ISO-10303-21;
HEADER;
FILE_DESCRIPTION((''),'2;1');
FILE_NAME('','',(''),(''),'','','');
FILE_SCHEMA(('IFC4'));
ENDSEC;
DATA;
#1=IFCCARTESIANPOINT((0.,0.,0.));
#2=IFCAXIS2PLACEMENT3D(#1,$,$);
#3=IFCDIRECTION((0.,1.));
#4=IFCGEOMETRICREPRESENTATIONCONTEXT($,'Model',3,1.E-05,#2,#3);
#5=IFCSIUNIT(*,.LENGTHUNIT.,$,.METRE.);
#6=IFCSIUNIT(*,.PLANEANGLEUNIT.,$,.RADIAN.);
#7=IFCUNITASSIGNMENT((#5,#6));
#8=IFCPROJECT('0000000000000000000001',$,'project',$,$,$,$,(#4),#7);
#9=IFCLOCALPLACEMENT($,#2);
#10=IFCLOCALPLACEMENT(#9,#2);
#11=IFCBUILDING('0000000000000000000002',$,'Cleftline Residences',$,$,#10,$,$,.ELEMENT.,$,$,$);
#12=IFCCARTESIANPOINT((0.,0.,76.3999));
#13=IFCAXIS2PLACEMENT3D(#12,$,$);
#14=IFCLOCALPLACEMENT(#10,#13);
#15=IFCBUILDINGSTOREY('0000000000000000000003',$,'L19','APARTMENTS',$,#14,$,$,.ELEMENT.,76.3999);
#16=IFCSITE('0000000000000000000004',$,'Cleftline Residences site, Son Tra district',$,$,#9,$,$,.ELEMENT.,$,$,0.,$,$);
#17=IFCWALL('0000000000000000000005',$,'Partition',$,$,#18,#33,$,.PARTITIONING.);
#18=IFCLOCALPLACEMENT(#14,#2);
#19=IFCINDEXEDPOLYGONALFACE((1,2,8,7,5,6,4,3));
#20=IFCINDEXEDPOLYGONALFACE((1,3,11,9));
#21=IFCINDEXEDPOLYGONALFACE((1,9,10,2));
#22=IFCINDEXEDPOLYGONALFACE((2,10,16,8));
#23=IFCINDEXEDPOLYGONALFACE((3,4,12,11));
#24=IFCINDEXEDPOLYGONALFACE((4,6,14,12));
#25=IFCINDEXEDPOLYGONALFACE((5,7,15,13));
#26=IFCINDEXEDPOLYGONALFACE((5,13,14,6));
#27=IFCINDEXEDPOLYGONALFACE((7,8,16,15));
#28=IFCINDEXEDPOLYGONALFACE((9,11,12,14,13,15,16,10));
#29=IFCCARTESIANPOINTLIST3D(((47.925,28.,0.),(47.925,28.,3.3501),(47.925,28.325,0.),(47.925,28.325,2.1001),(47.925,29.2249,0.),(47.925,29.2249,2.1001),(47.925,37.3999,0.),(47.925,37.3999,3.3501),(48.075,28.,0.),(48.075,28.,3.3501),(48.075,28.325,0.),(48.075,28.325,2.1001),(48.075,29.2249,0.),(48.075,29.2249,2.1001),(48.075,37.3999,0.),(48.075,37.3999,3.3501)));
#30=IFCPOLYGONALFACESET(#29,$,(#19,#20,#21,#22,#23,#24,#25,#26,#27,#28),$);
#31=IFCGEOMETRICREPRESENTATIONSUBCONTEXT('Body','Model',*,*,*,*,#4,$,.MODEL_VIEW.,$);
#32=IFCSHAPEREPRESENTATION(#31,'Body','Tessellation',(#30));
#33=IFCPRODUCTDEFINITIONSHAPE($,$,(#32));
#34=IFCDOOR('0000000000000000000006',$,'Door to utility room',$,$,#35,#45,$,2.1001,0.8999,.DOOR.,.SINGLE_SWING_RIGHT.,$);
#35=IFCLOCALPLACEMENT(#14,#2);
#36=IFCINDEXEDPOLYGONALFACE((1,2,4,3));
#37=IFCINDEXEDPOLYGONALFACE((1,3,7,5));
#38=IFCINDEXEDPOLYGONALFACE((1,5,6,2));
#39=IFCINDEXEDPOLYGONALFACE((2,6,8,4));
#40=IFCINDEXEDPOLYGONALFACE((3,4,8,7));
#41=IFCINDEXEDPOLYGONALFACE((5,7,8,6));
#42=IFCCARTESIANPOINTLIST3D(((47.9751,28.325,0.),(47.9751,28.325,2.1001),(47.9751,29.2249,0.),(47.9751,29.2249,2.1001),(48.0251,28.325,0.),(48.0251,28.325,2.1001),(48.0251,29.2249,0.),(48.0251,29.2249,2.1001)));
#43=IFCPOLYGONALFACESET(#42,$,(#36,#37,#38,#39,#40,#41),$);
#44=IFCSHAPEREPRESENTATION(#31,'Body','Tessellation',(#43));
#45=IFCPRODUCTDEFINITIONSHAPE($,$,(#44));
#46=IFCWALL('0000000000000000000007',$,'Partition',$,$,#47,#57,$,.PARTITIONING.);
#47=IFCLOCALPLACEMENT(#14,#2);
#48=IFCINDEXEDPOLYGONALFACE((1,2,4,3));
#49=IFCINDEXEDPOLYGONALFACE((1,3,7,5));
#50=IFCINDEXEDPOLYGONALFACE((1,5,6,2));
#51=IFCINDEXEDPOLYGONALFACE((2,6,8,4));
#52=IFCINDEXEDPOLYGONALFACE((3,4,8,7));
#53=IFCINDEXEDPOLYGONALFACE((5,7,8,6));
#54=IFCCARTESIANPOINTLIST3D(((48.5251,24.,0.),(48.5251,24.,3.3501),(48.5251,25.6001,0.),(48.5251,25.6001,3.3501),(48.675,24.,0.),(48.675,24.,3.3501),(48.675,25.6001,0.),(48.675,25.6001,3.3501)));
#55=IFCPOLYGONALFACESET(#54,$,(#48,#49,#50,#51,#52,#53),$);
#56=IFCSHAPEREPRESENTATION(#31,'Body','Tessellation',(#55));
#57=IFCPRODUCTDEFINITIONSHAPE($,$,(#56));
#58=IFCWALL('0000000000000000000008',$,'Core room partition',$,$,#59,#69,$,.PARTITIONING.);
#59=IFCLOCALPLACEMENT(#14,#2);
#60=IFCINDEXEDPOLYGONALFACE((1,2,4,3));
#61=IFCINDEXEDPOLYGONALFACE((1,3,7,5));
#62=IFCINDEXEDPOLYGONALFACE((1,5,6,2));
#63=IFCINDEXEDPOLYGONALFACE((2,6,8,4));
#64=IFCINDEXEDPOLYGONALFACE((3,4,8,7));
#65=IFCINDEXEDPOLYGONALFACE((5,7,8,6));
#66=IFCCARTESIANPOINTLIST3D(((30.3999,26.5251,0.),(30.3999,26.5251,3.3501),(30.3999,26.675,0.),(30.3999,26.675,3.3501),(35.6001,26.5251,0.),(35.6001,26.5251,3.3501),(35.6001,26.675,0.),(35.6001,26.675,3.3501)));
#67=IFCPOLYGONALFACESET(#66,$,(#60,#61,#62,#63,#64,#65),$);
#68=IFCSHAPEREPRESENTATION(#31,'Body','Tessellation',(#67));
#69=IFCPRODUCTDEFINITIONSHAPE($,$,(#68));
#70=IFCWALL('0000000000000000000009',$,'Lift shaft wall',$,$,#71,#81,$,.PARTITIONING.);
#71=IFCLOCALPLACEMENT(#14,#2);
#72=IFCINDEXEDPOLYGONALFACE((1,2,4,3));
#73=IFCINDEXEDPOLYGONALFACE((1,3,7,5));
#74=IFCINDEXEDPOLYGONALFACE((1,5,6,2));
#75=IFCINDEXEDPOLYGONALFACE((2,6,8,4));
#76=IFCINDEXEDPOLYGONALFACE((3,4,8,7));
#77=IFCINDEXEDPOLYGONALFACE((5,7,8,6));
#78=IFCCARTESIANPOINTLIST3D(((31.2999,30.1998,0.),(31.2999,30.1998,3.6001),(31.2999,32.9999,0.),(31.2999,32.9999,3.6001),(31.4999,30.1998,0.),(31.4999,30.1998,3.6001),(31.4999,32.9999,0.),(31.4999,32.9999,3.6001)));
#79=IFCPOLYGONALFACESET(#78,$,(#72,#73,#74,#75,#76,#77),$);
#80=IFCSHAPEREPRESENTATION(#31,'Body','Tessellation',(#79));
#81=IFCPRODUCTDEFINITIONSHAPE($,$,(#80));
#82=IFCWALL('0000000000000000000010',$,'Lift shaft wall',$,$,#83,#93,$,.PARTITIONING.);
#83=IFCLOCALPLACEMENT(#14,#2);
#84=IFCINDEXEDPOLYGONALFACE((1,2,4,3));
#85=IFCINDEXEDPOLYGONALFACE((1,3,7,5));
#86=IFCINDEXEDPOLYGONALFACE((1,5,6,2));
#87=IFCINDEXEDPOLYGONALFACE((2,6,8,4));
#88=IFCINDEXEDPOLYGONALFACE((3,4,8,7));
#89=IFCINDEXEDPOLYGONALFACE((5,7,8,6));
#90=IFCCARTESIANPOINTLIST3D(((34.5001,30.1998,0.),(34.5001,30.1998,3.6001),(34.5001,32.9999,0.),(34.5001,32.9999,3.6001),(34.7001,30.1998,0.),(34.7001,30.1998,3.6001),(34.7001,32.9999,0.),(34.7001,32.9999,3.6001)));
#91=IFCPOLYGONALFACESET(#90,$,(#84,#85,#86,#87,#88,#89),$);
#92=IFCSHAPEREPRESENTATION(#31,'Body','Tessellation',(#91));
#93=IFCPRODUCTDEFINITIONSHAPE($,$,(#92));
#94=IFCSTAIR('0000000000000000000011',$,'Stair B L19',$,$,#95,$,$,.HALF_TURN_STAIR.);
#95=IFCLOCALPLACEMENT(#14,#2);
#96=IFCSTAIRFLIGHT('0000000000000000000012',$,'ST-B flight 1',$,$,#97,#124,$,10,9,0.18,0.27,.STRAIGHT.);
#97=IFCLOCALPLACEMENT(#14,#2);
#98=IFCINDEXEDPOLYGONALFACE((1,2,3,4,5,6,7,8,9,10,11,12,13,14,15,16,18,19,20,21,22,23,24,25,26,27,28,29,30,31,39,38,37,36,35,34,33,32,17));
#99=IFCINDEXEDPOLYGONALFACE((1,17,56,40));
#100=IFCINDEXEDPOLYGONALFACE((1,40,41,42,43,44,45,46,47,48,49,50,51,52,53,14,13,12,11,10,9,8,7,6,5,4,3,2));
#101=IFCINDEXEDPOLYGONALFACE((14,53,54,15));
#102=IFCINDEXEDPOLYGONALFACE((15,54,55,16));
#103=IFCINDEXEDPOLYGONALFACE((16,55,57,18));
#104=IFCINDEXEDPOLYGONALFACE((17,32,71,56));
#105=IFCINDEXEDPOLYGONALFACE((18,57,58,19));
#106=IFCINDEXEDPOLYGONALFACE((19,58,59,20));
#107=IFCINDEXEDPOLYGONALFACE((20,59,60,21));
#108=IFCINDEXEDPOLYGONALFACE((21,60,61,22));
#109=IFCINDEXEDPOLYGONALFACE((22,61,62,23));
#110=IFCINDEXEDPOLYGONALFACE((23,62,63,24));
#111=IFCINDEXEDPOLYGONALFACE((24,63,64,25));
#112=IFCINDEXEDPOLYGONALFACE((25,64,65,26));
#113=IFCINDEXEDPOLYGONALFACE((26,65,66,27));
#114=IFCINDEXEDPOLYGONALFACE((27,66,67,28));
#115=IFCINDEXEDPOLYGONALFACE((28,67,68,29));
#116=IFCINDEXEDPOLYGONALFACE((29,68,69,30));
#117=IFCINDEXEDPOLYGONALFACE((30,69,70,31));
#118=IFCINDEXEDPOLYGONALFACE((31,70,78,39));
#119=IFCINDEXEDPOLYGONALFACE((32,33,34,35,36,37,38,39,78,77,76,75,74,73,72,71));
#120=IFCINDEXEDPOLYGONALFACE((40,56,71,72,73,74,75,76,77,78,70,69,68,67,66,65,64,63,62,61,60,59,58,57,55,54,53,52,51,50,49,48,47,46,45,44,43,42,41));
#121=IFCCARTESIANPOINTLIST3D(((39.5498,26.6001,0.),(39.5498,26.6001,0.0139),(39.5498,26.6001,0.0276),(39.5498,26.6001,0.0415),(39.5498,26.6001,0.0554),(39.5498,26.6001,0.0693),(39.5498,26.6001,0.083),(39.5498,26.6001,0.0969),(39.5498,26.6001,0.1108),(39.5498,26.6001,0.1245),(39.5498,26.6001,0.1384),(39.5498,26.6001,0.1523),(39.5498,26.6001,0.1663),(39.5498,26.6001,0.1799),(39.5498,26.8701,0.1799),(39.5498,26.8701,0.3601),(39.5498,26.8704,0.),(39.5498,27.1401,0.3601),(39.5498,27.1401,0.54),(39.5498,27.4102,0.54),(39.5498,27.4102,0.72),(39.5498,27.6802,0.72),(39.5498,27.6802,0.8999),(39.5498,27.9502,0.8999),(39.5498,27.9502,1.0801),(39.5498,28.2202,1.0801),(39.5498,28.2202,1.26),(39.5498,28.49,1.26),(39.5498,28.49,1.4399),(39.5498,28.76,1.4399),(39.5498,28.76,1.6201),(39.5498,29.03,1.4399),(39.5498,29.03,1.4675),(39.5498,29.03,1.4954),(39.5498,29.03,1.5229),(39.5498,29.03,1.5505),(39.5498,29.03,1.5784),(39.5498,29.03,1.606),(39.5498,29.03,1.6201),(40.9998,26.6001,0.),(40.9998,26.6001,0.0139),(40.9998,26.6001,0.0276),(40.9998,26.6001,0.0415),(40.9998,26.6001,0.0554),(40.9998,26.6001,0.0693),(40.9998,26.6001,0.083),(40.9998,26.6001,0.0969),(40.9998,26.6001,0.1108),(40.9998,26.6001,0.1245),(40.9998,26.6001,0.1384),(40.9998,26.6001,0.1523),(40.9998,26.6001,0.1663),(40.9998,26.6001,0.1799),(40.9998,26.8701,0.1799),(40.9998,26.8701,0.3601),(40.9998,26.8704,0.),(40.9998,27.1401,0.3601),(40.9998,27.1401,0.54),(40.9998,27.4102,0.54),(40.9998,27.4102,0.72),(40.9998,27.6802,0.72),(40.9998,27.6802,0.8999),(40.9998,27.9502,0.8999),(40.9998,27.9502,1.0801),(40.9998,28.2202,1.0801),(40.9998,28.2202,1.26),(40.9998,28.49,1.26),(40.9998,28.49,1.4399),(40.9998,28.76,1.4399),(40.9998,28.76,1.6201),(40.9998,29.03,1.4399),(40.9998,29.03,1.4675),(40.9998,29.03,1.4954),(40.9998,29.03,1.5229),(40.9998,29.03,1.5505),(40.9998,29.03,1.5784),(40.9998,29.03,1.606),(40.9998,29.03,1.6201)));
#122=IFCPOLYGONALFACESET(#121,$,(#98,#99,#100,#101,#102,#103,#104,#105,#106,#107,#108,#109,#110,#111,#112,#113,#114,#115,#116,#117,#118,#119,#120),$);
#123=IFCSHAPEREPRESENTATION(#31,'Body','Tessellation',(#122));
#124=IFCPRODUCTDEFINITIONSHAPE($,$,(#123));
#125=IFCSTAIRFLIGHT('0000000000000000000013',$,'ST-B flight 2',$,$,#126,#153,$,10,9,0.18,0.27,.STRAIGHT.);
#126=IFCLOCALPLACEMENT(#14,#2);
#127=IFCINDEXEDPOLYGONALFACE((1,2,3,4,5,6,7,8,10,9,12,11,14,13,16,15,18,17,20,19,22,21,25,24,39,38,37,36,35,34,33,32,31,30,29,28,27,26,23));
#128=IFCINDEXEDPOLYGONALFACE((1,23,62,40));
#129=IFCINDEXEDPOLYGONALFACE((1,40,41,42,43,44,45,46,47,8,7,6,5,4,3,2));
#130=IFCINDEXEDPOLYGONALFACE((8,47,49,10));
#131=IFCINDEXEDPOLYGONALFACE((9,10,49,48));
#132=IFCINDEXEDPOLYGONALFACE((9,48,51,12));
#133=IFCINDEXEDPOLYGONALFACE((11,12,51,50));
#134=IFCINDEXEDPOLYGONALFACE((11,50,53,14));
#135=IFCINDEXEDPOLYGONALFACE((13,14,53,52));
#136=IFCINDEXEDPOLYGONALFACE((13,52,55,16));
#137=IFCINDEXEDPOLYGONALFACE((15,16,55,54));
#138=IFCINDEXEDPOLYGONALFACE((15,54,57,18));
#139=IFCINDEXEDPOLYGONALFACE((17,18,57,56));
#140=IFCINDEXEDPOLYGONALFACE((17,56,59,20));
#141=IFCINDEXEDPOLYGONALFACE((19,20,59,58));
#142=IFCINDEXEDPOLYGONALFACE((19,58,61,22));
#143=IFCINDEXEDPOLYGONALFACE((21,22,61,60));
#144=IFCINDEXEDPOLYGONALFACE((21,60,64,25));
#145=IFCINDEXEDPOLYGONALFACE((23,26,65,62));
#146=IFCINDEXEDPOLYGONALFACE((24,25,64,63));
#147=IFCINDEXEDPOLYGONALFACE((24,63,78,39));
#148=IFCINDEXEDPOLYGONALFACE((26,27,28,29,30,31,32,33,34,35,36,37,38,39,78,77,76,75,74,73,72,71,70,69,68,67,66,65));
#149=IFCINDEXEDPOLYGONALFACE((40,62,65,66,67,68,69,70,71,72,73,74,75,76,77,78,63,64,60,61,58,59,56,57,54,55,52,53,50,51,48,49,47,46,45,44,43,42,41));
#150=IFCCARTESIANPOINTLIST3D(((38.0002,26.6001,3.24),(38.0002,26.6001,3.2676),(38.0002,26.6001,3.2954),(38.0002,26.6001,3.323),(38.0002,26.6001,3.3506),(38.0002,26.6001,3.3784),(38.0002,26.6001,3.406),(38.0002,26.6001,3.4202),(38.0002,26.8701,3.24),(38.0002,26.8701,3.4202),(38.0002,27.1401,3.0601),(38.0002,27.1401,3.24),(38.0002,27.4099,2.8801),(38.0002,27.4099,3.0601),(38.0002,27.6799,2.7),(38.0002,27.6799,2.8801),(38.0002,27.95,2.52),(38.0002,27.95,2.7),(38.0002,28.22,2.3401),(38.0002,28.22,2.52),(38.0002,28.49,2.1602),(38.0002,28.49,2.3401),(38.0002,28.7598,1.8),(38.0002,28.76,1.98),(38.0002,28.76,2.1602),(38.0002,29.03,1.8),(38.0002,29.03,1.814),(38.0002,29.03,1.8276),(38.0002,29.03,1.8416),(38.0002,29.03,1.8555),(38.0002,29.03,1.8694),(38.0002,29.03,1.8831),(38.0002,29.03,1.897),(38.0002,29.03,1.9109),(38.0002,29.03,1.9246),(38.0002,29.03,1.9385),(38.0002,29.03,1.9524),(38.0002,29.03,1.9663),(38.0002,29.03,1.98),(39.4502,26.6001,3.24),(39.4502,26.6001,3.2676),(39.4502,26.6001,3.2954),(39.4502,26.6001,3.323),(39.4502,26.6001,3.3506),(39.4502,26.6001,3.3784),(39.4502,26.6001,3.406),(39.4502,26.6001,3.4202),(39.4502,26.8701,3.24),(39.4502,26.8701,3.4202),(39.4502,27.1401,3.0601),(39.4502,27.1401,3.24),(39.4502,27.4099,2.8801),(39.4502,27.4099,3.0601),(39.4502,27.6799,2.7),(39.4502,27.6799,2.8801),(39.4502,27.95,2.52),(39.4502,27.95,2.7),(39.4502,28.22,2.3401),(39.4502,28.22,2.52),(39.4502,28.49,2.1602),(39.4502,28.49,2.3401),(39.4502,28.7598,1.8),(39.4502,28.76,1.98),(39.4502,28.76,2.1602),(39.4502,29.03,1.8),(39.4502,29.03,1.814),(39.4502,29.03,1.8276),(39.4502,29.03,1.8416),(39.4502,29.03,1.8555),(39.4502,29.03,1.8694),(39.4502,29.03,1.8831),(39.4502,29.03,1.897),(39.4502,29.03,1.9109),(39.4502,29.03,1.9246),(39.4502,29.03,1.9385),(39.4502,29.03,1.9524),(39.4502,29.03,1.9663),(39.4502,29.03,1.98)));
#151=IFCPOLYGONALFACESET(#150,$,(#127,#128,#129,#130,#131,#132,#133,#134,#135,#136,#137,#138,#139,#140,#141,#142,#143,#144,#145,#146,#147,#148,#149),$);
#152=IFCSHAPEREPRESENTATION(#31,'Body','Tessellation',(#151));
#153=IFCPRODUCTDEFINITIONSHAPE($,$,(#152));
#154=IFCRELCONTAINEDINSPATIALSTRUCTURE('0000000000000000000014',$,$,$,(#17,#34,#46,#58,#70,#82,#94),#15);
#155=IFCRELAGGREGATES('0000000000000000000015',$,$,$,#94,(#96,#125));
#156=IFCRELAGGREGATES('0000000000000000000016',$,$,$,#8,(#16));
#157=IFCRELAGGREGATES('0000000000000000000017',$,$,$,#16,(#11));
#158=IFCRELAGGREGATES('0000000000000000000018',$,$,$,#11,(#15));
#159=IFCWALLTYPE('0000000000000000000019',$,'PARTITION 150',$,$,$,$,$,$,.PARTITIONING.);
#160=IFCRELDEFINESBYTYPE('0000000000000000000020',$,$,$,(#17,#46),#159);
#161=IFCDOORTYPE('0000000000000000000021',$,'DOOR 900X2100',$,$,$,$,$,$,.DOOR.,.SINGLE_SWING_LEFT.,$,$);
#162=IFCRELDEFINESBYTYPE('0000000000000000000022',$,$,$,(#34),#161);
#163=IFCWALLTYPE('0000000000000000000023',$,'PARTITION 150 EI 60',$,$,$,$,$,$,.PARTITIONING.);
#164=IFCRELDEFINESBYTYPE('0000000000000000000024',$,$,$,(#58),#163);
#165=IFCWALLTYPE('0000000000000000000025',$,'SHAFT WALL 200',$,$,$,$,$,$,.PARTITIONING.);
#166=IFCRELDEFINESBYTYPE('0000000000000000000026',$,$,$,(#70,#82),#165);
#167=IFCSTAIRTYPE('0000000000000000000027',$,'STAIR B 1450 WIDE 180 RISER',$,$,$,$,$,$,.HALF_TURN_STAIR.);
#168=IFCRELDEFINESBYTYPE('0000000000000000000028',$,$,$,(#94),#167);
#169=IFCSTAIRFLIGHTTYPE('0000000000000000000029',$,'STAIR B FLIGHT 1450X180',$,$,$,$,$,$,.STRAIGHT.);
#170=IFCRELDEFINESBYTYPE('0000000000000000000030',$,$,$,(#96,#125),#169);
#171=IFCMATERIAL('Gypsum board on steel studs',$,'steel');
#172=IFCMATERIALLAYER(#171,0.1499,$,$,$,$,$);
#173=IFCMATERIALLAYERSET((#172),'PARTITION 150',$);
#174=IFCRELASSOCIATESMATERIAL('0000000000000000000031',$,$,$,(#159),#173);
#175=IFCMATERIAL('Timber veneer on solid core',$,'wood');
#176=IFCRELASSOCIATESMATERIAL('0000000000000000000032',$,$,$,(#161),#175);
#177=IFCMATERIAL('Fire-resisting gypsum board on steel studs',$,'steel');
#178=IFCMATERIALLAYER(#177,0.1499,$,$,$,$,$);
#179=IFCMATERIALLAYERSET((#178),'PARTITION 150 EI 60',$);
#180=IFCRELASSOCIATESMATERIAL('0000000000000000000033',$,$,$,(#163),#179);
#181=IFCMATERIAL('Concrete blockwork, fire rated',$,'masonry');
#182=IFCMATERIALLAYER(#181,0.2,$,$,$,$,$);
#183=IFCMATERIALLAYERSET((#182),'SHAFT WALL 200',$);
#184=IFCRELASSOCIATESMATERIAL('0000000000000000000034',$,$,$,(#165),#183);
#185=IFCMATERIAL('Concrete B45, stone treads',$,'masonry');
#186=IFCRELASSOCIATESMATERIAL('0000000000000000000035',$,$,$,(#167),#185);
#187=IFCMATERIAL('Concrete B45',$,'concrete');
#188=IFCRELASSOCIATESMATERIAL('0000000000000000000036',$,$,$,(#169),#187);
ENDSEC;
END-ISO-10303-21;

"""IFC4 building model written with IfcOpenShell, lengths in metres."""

from ifc_helpers import new_model, si_unit, direction, frame, frame_2d, origin, place, context, subcontext, project, spatial, polyline, rectangle, outline, extrude, material, layer, layer_set, type_object, element, fill, aggregate, save


model = new_model("IFC4")

# Units and contexts
model_context = context("Model", 3, precision=1e-05, world=origin(), true_north=direction((0.0, 1.0)))
body_context = subcontext(model_context, "Body", "Model", "MODEL_VIEW")
ifc_project = project(units=[si_unit("LENGTHUNIT", "METRE"), si_unit("PLANEANGLEUNIT", "RADIAN")], contexts=[model_context])

# Site, building, storey
site_placement = place(None, origin())
site = spatial("IfcSite", under=ifc_project, at=site_placement, Name="Cleftline Residences site, Son Tra district", CompositionType="ELEMENT", RefElevation=0.0)
building_placement = place(site_placement, origin())
building = spatial("IfcBuilding", under=site, at=building_placement, Name="Cleftline Residences", CompositionType="ELEMENT")
storey_placement = place(building_placement, frame((0.0, 0.0, 76.3999)))
storey = spatial("IfcBuildingStorey", under=building, at=storey_placement, Name="L19", Description="APARTMENTS", CompositionType="ELEMENT", Elevation=76.3999)

# Shared definitions
ifc_material_1 = material(Name="Gypsum board on steel studs", Category="steel")
ifc_layer_1 = layer(ifc_material_1, 0.1499)
ifc_layer_set_1 = layer_set([ifc_layer_1], Name="PARTITION 150")
wall_type_1 = type_object("IfcWallType", Name="PARTITION 150", PredefinedType="PARTITIONING", material=ifc_layer_set_1)
ifc_material_2 = material(Name="Timber veneer on solid core", Category="wood")
door_type_1 = type_object("IfcDoorType", Name="DOOR 900X2100", OperationType="SINGLE_SWING_LEFT", PredefinedType="DOOR", material=ifc_material_2)

# Wall, opening, door
wall_1_placement = place(storey_placement, frame((48.0, 28.0, 0.0), z_axis=(0.0, 0.0, 1.0), x_axis=(0.0, 1.0, 0.0)))
wall_1 = element("IfcWall", 1, at=wall_1_placement, inside=storey, type_object=wall_type_1, Name="Partition", PredefinedType="PARTITIONING", context=body_context, shape_type="SweptSolid", body=[
    extrude(rectangle(XDim=9.3999, YDim=0.1499, at=frame_2d((4.7, 0.0))), origin(), (0.0, 0.0, 1.0), 3.3501),
])
opening_1_placement = place(wall_1_placement, frame((0.325, 0.0, 0.0)))
opening_1 = element("IfcOpeningElement", 2, at=opening_1_placement, cuts=wall_1, PredefinedType="OPENING", context=body_context, shape_type="SweptSolid", body=[
    extrude(rectangle(XDim=0.8999, YDim=2.1001, at=frame_2d((0.45, 1.05))), frame((0.0, 0.085, 0.0), z_axis=(0.0, -1.0, 0.0), x_axis=(1.0, 0.0, 0.0)), (0.0, 0.0, 1.0), 0.1699),
])
door_1_placement = place(opening_1_placement, origin())
door_1 = element("IfcDoor", 3, at=door_1_placement, inside=storey, type_object=door_type_1, Name="Door to utility room", OperationType="SINGLE_SWING_RIGHT", OverallHeight=2.1001, OverallWidth=0.8999, PredefinedType="DOOR", context=body_context, shape_type="SweptSolid", body=[
    extrude(rectangle(XDim=0.8999, YDim=2.1001, at=frame_2d((0.45, 1.05))), frame((0.0, 0.0249, 0.0), z_axis=(0.0, -1.0, 0.0), x_axis=(1.0, 0.0, 0.0)), (0.0, 0.0, 1.0), 0.05),
])
fill(opening_1, door_1)

# Walls
wall_2_placement = place(storey_placement, frame((48.6001, 24.0, 0.0), z_axis=(0.0, 0.0, 1.0), x_axis=(0.0, 1.0, 0.0)))
element("IfcWall", 4, at=wall_2_placement, inside=storey, type_object=wall_type_1, Name="Partition", PredefinedType="PARTITIONING", context=body_context, shape_type="SweptSolid", body=[
    extrude(rectangle(XDim=1.6001, YDim=0.1499, at=frame_2d((0.8, 0.0))), origin(), (0.0, 0.0, 1.0), 3.3501),
])
ifc_material_3 = material(Name="Fire-resisting gypsum board on steel studs", Category="steel")
ifc_layer_2 = layer(ifc_material_3, 0.1499)
ifc_layer_set_2 = layer_set([ifc_layer_2], Name="PARTITION 150 EI 60")
wall_type_2 = type_object("IfcWallType", Name="PARTITION 150 EI 60", PredefinedType="PARTITIONING", material=ifc_layer_set_2)
wall_3_placement = place(storey_placement, frame((30.3999, 26.6001, 0.0), z_axis=(0.0, 0.0, 1.0), x_axis=(1.0, 0.0, 0.0)))
element("IfcWall", 5, at=wall_3_placement, inside=storey, type_object=wall_type_2, Name="Core room partition", PredefinedType="PARTITIONING", context=body_context, shape_type="SweptSolid", body=[
    extrude(rectangle(XDim=5.2002, YDim=0.1499, at=frame_2d((2.6001, 0.0))), origin(), (0.0, 0.0, 1.0), 3.3501),
])
ifc_material_4 = material(Name="Concrete blockwork, fire rated", Category="masonry")
ifc_layer_3 = layer(ifc_material_4, 0.2)
ifc_layer_set_3 = layer_set([ifc_layer_3], Name="SHAFT WALL 200")
wall_type_3 = type_object("IfcWallType", Name="SHAFT WALL 200", PredefinedType="PARTITIONING", material=ifc_layer_set_3)
for number, where, z_axis, x_axis, name in (
    (6, (31.3999, 30.2, 0.0), (0.0, 0.0, 1.0), (0.0, 1.0, 0.0), "Lift shaft wall"),
    (7, (34.6001, 30.2, 0.0), (0.0, 0.0, 1.0), (0.0, 1.0, 0.0), "Lift shaft wall"),
):
    element("IfcWall", number, at=place(storey_placement, frame(where, z_axis=z_axis, x_axis=x_axis)), inside=storey, type_object=wall_type_3, Name=name, PredefinedType="PARTITIONING", context=body_context, shape_type="SweptSolid", body=[
        extrude(rectangle(XDim=2.8, YDim=0.2, at=frame_2d((1.3999, 0.0))), origin(), (0.0, 0.0, 1.0), 3.6001),
    ])

# Stair, stair flights
ifc_material_5 = material(Name="Concrete B45, stone treads", Category="masonry")
stair_type = type_object("IfcStairType", Name="STAIR B 1450 WIDE 180 RISER", PredefinedType="HALF_TURN_STAIR", material=ifc_material_5)
stair_placement = place(storey_placement, origin())
stair = element("IfcStair", 8, at=stair_placement, inside=storey, type_object=stair_type, Name="Stair B L19", PredefinedType="HALF_TURN_STAIR")
ifc_material_6 = material(Name="Concrete B45", Category="concrete")
stair_flight_type = type_object("IfcStairFlightType", Name="STAIR B FLIGHT 1450X180", PredefinedType="STRAIGHT", material=ifc_material_6)
stair_flight_1_placement = place(storey_placement, frame((40.2749, 26.6001, 0.0), z_axis=(0.0, 0.0, 1.0), x_axis=(0.0, 1.0, 0.0)))
stair_flight_1 = element("IfcStairFlight", 9, at=stair_flight_1_placement, type_object=stair_flight_type, Name="ST-B flight 1", NumberOfRisers=10, NumberOfTreads=9, PredefinedType="STRAIGHT", RiserHeight=0.18, TreadLength=0.27, context=body_context, shape_type="SweptSolid", body=[
    extrude(outline(polyline([(0.0, 0.0), (0.0, 0.0139), (0.0, 0.0276), (0.0, 0.0415), (0.0, 0.0554), (0.0, 0.0693), (0.0, 0.083), (0.0, 0.0969), (0.0, 0.1108), (0.0, 0.1245), (0.0, 0.1384), (0.0, 0.1523), (0.0, 0.1663), (0.0, 0.1799), (0.27, 0.1799), (0.27, 0.3601), (0.54, 0.3601), (0.54, 0.54), (0.8101, 0.54), (0.8101, 0.72), (1.0801, 0.72), (1.0801, 0.8999), (1.3501, 0.8999), (1.3501, 1.0801), (1.6201, 1.0801), (1.6201, 1.26), (1.8899, 1.26), (1.8899, 1.4399), (2.1599, 1.4399), (2.1599, 1.6201), (2.4299, 1.6201), (2.4299, 1.8), (2.4299, 1.7722), (2.4299, 1.7446), (2.4299, 1.7168), (2.4299, 1.6892), (2.4299, 1.6614), (2.4299, 1.6338), (2.4299, 1.606), (2.4299, 1.5784), (2.4299, 1.5505), (2.4299, 1.5229), (2.4299, 1.4954), (2.4299, 1.4675), (2.4299, 1.4399), (0.2703, 0.0), (0.0, 0.0)])), frame((0.0, 0.7251, 0.0), z_axis=(0.0, -1.0, 0.0), x_axis=(1.0, 0.0, 0.0)), (0.0, 0.0, 1.0), 1.45),
])
stair_flight_2_placement = place(storey_placement, frame((38.7251, 29.03, 1.8), z_axis=(0.0, 0.0, 1.0), x_axis=(0.0, -1.0, 0.0)))
stair_flight_2 = element("IfcStairFlight", 10, at=stair_flight_2_placement, type_object=stair_flight_type, Name="ST-B flight 2", NumberOfRisers=10, NumberOfTreads=9, PredefinedType="STRAIGHT", RiserHeight=0.18, TreadLength=0.27, context=body_context, shape_type="SweptSolid", body=[
    extrude(outline(polyline([(0.0, 0.0), (0.0, 0.0139), (0.0, 0.0276), (0.0, 0.0415), (0.0, 0.0554), (0.0, 0.0693), (0.0, 0.083), (0.0, 0.0969), (0.0, 0.1108), (0.0, 0.1245), (0.0, 0.1384), (0.0, 0.1523), (0.0, 0.1663), (0.0, 0.1799), (0.27, 0.1799), (0.27, 0.3601), (0.54, 0.3601), (0.54, 0.54), (0.8101, 0.54), (0.8101, 0.72), (1.0801, 0.72), (1.0801, 0.8999), (1.3501, 0.8999), (1.3501, 1.0801), (1.6201, 1.0801), (1.6201, 1.26), (1.8899, 1.26), (1.8899, 1.4399), (2.1599, 1.4399), (2.1599, 1.6201), (2.4299, 1.6201), (2.4299, 1.8), (2.4299, 1.7722), (2.4299, 1.7446), (2.4299, 1.7168), (2.4299, 1.6892), (2.4299, 1.6614), (2.4299, 1.6338), (2.4299, 1.606), (2.4299, 1.5784), (2.4299, 1.5505), (2.4299, 1.5229), (2.4299, 1.4954), (2.4299, 1.4675), (2.4299, 1.4399), (0.2703, 0.0), (0.0, 0.0)])), frame((0.0, 0.7251, 0.0), z_axis=(0.0, -1.0, 0.0), x_axis=(1.0, 0.0, 0.0)), (0.0, 0.0, 1.0), 1.45),
])
aggregate(stair, [stair_flight_1, stair_flight_2])

save(model, "model.ifc")
